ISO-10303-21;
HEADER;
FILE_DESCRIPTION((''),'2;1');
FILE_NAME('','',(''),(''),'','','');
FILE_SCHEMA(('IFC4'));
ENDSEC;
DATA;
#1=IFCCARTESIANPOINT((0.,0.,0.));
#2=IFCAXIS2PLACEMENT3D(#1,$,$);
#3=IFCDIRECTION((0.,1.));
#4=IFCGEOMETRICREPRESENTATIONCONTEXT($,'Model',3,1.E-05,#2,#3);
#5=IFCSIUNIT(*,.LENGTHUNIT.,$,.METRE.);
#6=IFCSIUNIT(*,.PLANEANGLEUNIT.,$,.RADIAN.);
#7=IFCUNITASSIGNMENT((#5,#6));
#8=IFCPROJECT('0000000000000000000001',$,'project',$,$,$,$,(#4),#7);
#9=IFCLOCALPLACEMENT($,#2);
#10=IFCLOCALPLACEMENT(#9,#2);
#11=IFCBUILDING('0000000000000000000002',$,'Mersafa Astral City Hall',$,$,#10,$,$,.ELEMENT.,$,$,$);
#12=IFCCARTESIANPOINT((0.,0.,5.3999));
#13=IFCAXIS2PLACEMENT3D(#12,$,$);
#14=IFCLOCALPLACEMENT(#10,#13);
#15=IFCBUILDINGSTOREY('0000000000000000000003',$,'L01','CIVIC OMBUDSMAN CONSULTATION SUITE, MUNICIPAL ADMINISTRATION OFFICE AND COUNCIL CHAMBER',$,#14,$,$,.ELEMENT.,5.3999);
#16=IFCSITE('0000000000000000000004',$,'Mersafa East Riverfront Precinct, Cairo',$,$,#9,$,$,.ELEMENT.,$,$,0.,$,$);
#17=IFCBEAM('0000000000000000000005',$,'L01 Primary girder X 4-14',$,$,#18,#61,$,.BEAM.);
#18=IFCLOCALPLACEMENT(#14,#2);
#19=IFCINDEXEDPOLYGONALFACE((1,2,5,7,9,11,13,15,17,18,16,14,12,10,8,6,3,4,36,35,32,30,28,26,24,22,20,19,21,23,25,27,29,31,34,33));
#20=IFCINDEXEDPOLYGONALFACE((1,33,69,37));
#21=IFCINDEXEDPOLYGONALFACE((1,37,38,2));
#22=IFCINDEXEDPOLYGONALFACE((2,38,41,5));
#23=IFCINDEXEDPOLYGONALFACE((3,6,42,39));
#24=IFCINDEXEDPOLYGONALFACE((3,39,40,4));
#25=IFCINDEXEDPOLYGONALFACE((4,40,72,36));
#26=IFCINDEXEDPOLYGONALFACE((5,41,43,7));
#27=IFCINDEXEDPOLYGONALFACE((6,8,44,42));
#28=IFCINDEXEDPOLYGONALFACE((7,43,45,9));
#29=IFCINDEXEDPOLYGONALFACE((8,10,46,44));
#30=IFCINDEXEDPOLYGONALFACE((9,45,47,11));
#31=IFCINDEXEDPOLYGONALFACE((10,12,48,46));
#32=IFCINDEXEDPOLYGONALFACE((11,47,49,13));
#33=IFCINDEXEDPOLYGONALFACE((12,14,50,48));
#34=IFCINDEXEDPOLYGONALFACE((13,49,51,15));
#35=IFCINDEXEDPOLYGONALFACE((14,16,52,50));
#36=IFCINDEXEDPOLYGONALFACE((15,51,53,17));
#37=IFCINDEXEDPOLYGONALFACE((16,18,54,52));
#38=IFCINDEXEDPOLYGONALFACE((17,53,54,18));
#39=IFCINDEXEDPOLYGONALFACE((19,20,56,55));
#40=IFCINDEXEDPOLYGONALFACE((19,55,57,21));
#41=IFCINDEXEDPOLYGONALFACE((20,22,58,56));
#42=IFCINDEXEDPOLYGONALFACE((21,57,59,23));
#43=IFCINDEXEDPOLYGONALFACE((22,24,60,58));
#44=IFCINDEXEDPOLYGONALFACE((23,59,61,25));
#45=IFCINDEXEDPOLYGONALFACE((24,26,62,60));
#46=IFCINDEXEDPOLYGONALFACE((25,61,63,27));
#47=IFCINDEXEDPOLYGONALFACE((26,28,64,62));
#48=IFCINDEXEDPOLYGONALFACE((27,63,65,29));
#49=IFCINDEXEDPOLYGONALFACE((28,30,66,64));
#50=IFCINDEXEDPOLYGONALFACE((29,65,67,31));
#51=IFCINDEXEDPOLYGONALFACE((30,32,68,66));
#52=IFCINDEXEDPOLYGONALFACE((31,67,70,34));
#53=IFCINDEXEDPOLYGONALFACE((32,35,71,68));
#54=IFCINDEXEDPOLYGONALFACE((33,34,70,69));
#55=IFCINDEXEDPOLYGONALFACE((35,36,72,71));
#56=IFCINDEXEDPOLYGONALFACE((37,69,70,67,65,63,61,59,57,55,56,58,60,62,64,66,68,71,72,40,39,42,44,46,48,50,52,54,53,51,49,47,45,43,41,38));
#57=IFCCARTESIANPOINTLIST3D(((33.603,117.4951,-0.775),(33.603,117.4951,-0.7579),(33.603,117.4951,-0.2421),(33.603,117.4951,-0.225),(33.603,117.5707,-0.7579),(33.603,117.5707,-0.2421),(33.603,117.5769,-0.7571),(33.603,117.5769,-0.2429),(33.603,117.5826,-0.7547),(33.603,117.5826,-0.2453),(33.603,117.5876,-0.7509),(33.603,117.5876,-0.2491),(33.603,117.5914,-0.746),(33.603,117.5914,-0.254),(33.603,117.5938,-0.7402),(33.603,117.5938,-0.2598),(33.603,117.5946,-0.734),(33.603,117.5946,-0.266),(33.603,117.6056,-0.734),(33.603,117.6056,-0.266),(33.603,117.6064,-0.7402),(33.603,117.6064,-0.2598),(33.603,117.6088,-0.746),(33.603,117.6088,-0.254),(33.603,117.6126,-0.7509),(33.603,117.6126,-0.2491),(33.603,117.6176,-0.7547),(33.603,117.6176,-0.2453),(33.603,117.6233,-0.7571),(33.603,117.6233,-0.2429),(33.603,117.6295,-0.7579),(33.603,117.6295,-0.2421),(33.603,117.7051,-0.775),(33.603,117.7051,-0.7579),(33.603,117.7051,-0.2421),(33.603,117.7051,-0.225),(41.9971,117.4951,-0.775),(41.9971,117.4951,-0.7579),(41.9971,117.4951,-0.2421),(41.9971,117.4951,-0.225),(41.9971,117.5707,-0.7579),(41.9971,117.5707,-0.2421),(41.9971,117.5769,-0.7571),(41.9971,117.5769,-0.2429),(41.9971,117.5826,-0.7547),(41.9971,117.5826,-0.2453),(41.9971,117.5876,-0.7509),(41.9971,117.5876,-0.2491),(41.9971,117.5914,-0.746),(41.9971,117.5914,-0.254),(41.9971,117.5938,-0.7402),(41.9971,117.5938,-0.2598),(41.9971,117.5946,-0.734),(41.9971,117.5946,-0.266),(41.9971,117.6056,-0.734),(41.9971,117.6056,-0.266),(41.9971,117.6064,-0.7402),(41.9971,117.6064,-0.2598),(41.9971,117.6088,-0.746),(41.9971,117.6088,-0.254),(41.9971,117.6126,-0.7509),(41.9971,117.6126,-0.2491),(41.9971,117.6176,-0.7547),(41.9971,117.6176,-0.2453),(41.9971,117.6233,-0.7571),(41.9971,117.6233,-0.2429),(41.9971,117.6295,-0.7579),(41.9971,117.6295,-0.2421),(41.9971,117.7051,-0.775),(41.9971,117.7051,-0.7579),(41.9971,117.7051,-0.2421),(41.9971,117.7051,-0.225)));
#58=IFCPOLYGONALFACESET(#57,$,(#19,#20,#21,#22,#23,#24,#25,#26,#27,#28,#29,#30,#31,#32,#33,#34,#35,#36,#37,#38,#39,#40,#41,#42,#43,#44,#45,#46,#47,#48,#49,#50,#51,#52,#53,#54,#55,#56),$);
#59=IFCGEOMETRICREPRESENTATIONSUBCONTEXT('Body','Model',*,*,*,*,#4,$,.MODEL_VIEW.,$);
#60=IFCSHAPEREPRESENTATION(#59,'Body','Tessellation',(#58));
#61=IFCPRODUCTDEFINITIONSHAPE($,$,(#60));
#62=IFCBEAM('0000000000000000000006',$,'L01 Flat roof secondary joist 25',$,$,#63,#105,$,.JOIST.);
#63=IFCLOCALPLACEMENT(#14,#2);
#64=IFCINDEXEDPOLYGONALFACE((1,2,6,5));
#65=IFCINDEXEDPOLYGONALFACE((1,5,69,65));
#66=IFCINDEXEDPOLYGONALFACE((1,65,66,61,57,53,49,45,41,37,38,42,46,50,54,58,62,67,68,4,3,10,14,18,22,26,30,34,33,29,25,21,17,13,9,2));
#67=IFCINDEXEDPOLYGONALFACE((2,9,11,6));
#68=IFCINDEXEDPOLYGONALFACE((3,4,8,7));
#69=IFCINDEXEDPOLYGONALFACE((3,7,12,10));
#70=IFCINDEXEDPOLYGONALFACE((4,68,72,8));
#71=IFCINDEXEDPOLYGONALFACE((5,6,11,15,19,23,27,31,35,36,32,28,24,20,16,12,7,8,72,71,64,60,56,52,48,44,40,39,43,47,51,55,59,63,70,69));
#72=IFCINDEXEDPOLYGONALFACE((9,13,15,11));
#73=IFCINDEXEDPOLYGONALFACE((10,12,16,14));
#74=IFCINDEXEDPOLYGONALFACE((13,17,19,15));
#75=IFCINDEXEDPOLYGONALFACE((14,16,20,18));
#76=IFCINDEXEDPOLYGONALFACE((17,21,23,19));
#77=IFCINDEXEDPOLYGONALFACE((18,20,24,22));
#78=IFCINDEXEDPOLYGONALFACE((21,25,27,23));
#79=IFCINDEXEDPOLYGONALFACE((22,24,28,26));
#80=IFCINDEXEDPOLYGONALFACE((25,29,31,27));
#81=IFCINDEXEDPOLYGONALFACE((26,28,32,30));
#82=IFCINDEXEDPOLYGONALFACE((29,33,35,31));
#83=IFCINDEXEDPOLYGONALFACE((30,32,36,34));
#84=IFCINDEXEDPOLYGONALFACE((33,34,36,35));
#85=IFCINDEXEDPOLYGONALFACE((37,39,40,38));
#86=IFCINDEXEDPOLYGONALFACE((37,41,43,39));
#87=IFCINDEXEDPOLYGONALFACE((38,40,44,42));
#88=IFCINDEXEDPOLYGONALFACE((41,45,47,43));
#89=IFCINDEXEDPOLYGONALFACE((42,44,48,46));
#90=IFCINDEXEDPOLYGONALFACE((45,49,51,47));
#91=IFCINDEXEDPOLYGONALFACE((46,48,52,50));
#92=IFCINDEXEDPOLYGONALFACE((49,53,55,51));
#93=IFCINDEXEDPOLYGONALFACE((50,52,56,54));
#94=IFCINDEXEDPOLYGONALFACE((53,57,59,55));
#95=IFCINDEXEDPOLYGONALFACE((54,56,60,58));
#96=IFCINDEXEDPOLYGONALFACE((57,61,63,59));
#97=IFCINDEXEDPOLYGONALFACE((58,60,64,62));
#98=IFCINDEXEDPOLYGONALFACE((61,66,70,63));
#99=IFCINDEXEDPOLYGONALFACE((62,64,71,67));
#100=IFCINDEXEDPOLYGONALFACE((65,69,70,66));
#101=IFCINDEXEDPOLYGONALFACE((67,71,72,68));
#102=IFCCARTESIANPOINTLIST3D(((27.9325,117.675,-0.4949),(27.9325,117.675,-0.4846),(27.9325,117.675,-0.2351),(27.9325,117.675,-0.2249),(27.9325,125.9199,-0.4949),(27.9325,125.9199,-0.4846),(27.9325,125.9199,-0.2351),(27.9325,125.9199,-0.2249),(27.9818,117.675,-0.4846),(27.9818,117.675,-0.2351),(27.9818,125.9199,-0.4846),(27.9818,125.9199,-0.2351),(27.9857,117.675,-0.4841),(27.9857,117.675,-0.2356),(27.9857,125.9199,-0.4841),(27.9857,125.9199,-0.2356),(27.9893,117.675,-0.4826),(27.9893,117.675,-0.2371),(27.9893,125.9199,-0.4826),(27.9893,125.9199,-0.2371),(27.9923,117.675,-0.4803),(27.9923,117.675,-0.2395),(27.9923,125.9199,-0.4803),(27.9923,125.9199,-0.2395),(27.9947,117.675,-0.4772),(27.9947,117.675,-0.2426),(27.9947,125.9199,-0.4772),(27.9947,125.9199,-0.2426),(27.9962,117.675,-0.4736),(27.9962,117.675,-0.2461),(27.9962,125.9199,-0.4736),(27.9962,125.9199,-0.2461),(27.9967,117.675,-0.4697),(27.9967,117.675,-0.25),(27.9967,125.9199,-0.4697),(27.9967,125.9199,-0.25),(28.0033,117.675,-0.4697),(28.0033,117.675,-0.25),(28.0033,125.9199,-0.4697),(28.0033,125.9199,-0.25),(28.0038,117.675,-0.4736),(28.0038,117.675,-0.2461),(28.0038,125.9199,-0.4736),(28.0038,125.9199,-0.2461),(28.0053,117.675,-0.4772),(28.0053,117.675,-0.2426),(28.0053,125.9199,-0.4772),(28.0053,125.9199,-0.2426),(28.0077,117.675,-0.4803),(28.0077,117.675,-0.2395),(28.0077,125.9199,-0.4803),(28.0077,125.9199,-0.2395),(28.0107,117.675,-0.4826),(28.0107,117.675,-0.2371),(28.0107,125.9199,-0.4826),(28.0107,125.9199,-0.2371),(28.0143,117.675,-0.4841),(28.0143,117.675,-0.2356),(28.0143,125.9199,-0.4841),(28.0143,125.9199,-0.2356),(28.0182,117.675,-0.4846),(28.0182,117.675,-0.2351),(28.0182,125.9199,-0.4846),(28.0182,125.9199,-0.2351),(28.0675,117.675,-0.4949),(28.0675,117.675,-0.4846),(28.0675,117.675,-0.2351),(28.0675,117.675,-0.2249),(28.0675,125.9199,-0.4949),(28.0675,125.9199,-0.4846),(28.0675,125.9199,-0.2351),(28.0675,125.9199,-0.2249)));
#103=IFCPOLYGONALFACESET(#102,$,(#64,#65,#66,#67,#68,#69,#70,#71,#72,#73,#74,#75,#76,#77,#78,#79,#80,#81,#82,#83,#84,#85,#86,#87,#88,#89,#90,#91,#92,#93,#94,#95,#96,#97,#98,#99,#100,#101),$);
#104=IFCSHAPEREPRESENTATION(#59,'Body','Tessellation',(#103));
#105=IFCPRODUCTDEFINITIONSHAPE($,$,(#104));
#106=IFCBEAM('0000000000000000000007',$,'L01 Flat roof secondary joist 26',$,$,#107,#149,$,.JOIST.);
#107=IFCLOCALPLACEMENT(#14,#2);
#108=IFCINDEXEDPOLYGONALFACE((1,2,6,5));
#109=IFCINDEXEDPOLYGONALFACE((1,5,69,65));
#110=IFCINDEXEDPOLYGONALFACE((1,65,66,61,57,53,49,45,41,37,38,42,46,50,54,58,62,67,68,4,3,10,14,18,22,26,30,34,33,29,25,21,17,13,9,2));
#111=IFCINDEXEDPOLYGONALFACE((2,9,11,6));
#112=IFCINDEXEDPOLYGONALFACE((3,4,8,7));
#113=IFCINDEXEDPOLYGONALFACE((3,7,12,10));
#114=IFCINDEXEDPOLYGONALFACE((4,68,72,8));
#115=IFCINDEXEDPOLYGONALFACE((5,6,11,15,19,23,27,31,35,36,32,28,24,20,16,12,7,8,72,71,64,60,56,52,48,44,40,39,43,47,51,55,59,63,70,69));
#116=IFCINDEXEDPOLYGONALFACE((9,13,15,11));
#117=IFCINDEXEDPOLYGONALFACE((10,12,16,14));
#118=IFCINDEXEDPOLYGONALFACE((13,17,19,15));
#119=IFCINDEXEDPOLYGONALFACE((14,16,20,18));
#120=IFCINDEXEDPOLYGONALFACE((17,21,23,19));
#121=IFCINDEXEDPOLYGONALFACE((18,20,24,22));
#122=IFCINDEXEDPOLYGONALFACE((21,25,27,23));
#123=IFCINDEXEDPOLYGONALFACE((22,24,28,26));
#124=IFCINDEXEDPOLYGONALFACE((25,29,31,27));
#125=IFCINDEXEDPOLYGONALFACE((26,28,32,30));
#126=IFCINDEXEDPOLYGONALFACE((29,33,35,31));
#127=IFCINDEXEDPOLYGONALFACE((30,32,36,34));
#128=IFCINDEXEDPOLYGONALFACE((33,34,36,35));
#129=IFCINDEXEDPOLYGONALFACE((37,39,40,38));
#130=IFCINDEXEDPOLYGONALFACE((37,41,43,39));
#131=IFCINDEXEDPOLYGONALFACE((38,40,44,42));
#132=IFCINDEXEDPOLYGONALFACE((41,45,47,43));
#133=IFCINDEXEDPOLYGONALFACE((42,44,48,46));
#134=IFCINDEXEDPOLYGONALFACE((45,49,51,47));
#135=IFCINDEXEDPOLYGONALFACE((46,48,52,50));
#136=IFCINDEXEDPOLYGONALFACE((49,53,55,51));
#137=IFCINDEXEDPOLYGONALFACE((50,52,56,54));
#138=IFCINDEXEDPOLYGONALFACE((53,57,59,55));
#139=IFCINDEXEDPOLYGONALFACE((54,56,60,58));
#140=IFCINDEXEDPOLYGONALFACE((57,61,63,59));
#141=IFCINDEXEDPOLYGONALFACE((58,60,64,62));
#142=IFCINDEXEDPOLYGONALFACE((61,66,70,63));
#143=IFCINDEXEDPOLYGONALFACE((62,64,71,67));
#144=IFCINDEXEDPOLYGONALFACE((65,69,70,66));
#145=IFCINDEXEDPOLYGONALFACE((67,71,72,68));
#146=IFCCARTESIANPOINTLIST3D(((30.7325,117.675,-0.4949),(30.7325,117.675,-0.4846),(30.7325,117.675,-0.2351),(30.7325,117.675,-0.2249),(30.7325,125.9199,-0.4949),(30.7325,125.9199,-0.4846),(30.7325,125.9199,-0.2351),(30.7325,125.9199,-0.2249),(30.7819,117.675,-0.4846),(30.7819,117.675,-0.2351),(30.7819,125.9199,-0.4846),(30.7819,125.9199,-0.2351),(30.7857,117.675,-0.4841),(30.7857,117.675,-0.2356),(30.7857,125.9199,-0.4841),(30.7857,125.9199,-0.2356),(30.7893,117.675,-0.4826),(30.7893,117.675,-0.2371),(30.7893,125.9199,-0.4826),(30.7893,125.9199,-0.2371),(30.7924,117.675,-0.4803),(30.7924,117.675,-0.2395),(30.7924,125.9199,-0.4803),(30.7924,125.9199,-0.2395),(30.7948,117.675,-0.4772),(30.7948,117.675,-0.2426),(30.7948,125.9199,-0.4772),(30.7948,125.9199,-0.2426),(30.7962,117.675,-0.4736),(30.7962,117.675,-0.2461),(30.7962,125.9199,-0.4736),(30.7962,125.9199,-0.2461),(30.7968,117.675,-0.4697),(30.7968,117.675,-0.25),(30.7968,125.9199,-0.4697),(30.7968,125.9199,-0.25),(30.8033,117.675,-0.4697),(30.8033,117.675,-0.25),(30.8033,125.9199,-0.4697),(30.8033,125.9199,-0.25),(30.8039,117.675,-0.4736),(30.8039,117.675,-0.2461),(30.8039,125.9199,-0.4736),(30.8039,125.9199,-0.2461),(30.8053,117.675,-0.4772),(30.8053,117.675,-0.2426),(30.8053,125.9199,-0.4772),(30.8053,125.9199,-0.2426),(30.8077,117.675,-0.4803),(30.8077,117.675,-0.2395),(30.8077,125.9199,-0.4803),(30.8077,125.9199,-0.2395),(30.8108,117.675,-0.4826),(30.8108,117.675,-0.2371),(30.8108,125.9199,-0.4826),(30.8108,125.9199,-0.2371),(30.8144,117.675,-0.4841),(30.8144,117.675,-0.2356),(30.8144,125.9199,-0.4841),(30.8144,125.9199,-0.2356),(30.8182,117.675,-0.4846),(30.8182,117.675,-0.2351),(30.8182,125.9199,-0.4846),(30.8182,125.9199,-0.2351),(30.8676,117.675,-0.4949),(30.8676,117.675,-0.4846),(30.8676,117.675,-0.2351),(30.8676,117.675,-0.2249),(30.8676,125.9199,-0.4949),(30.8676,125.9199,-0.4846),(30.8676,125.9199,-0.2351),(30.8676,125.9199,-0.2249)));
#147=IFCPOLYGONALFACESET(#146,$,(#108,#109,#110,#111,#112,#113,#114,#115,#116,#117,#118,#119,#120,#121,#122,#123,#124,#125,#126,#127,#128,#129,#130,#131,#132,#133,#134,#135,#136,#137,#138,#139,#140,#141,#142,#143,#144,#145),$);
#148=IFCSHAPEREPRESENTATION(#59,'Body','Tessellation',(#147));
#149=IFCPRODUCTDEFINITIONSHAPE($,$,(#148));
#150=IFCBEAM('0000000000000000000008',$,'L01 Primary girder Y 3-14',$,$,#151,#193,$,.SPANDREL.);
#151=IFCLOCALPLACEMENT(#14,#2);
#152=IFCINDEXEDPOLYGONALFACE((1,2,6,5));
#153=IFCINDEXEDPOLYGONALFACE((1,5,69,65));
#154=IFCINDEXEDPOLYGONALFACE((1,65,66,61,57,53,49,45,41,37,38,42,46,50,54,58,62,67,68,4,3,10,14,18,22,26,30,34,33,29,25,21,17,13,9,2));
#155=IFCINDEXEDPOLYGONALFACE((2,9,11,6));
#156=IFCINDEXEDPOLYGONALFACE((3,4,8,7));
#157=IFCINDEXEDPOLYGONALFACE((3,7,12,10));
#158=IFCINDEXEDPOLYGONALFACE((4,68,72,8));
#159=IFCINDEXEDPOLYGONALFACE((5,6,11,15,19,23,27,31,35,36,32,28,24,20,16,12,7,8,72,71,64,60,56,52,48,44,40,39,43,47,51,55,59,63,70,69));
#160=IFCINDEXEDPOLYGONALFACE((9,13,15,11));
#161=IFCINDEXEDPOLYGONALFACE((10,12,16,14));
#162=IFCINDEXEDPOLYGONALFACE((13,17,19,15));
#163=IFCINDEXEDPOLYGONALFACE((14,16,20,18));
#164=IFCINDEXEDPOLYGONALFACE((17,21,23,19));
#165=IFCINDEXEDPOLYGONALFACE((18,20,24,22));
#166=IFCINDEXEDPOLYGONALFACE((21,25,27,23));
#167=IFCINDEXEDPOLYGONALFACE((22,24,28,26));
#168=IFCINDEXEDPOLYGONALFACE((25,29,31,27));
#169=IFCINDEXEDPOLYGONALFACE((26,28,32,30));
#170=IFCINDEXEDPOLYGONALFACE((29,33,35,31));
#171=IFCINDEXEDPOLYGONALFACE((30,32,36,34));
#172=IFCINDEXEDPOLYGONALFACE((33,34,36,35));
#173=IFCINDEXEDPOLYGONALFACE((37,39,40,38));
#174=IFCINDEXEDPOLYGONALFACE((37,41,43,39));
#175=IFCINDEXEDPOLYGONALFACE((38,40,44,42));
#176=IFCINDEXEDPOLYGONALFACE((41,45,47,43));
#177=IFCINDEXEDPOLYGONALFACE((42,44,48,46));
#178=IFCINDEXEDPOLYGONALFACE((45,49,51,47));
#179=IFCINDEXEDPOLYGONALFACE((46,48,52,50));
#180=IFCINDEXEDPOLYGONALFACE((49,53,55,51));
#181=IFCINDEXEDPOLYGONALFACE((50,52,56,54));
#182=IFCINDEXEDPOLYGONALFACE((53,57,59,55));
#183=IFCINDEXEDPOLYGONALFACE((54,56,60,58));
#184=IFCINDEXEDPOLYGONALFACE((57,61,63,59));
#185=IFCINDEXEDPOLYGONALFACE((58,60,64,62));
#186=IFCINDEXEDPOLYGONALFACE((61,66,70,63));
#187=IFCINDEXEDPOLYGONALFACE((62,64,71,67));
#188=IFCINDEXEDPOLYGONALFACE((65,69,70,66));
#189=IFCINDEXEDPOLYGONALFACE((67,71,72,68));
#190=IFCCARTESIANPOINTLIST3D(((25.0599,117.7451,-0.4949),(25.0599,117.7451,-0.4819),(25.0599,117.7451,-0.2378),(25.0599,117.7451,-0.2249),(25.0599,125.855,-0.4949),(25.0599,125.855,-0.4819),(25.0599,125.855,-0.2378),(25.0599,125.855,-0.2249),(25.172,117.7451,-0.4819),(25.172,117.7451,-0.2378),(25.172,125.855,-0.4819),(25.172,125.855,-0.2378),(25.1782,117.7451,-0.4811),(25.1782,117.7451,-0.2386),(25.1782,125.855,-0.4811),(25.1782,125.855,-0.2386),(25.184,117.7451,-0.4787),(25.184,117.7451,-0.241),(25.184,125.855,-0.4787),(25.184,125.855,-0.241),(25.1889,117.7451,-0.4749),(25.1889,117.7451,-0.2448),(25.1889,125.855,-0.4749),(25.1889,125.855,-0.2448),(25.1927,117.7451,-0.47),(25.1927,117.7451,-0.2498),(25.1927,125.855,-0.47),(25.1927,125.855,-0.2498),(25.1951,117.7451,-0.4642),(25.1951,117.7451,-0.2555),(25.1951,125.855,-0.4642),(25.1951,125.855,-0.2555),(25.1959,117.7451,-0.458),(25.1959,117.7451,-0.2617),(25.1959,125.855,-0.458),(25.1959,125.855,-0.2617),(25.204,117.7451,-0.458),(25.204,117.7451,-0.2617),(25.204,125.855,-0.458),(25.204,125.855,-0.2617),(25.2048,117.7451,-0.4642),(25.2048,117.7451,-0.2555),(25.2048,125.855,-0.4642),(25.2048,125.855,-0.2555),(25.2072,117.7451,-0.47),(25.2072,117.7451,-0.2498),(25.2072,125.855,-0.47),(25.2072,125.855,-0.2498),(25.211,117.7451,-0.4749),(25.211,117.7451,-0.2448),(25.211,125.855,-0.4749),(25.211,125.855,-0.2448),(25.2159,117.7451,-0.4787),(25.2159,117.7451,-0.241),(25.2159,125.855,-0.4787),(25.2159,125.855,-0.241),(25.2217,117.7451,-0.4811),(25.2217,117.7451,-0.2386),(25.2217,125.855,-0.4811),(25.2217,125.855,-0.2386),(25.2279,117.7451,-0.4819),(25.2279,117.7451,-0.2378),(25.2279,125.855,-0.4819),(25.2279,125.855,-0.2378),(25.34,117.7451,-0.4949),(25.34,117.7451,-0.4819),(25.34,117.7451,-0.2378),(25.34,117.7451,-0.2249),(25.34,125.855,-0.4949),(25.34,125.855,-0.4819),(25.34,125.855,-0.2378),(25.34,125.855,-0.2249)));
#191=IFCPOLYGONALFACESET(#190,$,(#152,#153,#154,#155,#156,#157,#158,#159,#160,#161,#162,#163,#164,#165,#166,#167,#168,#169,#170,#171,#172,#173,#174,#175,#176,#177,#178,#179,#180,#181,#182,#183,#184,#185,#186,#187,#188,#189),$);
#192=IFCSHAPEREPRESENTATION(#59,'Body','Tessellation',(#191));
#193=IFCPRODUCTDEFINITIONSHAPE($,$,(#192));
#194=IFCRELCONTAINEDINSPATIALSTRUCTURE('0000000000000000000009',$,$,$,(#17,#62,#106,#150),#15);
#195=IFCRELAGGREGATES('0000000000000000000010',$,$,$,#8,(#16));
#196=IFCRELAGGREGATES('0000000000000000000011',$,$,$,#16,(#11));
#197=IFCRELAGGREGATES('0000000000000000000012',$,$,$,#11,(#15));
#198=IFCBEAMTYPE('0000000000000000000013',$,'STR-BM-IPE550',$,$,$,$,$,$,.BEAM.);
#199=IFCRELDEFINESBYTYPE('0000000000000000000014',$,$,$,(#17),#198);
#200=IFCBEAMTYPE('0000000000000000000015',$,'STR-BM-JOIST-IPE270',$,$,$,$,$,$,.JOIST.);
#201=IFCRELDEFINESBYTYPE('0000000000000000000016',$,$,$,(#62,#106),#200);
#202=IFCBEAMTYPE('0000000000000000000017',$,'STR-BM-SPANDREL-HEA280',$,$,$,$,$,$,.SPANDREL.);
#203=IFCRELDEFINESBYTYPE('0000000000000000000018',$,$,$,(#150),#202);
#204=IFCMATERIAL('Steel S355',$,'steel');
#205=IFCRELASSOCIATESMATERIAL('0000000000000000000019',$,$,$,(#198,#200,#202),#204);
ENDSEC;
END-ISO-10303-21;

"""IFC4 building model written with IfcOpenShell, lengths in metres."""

from ifc_helpers import new_model, si_unit, direction, frame, origin, origin_2d, place, context, subcontext, project, spatial, i_section, extrude, material, material_profile, profile_set, type_object, element, save


model = new_model("IFC4")

# Units and contexts
model_context = context("Model", 3, precision=1e-05, world=origin(), true_north=direction((0.0, 1.0)))
body_context = subcontext(model_context, "Body", "Model", "MODEL_VIEW")
ifc_project = project(units=[si_unit("LENGTHUNIT", "METRE"), si_unit("PLANEANGLEUNIT", "RADIAN")], contexts=[model_context])

# Site, building, storey
site_placement = place(None, origin())
site = spatial("IfcSite", under=ifc_project, at=site_placement, Name="Mersafa East Riverfront Precinct, Cairo", CompositionType="ELEMENT", RefElevation=0.0)
building_placement = place(site_placement, origin())
building = spatial("IfcBuilding", under=site, at=building_placement, Name="Mersafa Astral City Hall", CompositionType="ELEMENT")
storey_placement = place(building_placement, frame((0.0, 0.0, 5.3999)))
storey = spatial("IfcBuildingStorey", under=building, at=storey_placement, Name="L01", Description="CIVIC OMBUDSMAN CONSULTATION SUITE, MUNICIPAL ADMINISTRATION OFFICE AND COUNCIL CHAMBER", CompositionType="ELEMENT", Elevation=5.3999)

# Shared definitions
ifc_material_1 = material(Name="Steel S355", Category="steel")

# Beams
ifc_material_profile_1 = material_profile(ifc_material_1, i_section(OverallWidth=0.21, OverallDepth=0.55, WebThickness=0.011, FlangeThickness=0.0171, FilletRadius=0.0239, at=origin_2d()), Name="IPE 550")
ifc_profile_set_1 = profile_set([ifc_material_profile_1], Name="Steel S355")
beam_type_1 = type_object("IfcBeamType", Name="STR-BM-IPE550", PredefinedType="BEAM", material=ifc_profile_set_1)
beam_1_placement = place(storey_placement, frame((33.603, 117.6001, -0.5), z_axis=(1.0, 0.0, 0.0), x_axis=(0.0, 1.0, 0.0)))
element("IfcBeam", 1, at=beam_1_placement, inside=storey, type_object=beam_type_1, Name="L01 Primary girder X 4-14", PredefinedType="BEAM", context=body_context, shape_type="SweptSolid", body=[
    extrude(i_section(OverallWidth=0.21, OverallDepth=0.55, WebThickness=0.011, FlangeThickness=0.0171, FilletRadius=0.0239, at=origin_2d()), origin(), (0.0, 0.0, 1.0), 8.394),
])
ifc_material_profile_2 = material_profile(ifc_material_1, i_section(OverallWidth=0.135, OverallDepth=0.27, WebThickness=0.0066, FlangeThickness=0.0103, FilletRadius=0.0149, at=origin_2d()), Name="IPE 270")
ifc_profile_set_2 = profile_set([ifc_material_profile_2], Name="Steel S355")
beam_type_2 = type_object("IfcBeamType", Name="STR-BM-JOIST-IPE270", PredefinedType="JOIST", material=ifc_profile_set_2)
for number, where, z_axis, x_axis, name in (
    (2, (28.0, 117.675, -0.3599), (0.0, 1.0, 0.0), (-1.0, 0.0, 0.0), "L01 Flat roof secondary joist 25"),
    (3, (30.8, 117.675, -0.3599), (0.0, 1.0, 0.0), (-1.0, 0.0, 0.0), "L01 Flat roof secondary joist 26"),
):
    element("IfcBeam", number, at=place(storey_placement, frame(where, z_axis=z_axis, x_axis=x_axis)), inside=storey, type_object=beam_type_2, Name=name, PredefinedType="JOIST", context=body_context, shape_type="SweptSolid", body=[
        extrude(i_section(OverallWidth=0.135, OverallDepth=0.27, WebThickness=0.0066, FlangeThickness=0.0103, FilletRadius=0.0149, at=origin_2d()), origin(), (0.0, 0.0, 1.0), 8.2449),
    ])
ifc_material_profile_3 = material_profile(ifc_material_1, i_section(OverallWidth=0.28, OverallDepth=0.27, WebThickness=0.0081, FlangeThickness=0.0129, FilletRadius=0.0239, at=origin_2d()), Name="HEA 280")
ifc_profile_set_3 = profile_set([ifc_material_profile_3], Name="Steel S355")
beam_type_3 = type_object("IfcBeamType", Name="STR-BM-SPANDREL-HEA280", PredefinedType="SPANDREL", material=ifc_profile_set_3)
beam_2_placement = place(storey_placement, frame((25.2, 117.7451, -0.3599), z_axis=(0.0, 1.0, 0.0), x_axis=(-1.0, 0.0, 0.0)))
element("IfcBeam", 4, at=beam_2_placement, inside=storey, type_object=beam_type_3, Name="L01 Primary girder Y 3-14", PredefinedType="SPANDREL", context=body_context, shape_type="SweptSolid", body=[
    extrude(i_section(OverallWidth=0.28, OverallDepth=0.27, WebThickness=0.0081, FlangeThickness=0.0129, FilletRadius=0.0239, at=origin_2d()), origin(), (0.0, 0.0, 1.0), 8.1099),
])

save(model, "model.ifc")
